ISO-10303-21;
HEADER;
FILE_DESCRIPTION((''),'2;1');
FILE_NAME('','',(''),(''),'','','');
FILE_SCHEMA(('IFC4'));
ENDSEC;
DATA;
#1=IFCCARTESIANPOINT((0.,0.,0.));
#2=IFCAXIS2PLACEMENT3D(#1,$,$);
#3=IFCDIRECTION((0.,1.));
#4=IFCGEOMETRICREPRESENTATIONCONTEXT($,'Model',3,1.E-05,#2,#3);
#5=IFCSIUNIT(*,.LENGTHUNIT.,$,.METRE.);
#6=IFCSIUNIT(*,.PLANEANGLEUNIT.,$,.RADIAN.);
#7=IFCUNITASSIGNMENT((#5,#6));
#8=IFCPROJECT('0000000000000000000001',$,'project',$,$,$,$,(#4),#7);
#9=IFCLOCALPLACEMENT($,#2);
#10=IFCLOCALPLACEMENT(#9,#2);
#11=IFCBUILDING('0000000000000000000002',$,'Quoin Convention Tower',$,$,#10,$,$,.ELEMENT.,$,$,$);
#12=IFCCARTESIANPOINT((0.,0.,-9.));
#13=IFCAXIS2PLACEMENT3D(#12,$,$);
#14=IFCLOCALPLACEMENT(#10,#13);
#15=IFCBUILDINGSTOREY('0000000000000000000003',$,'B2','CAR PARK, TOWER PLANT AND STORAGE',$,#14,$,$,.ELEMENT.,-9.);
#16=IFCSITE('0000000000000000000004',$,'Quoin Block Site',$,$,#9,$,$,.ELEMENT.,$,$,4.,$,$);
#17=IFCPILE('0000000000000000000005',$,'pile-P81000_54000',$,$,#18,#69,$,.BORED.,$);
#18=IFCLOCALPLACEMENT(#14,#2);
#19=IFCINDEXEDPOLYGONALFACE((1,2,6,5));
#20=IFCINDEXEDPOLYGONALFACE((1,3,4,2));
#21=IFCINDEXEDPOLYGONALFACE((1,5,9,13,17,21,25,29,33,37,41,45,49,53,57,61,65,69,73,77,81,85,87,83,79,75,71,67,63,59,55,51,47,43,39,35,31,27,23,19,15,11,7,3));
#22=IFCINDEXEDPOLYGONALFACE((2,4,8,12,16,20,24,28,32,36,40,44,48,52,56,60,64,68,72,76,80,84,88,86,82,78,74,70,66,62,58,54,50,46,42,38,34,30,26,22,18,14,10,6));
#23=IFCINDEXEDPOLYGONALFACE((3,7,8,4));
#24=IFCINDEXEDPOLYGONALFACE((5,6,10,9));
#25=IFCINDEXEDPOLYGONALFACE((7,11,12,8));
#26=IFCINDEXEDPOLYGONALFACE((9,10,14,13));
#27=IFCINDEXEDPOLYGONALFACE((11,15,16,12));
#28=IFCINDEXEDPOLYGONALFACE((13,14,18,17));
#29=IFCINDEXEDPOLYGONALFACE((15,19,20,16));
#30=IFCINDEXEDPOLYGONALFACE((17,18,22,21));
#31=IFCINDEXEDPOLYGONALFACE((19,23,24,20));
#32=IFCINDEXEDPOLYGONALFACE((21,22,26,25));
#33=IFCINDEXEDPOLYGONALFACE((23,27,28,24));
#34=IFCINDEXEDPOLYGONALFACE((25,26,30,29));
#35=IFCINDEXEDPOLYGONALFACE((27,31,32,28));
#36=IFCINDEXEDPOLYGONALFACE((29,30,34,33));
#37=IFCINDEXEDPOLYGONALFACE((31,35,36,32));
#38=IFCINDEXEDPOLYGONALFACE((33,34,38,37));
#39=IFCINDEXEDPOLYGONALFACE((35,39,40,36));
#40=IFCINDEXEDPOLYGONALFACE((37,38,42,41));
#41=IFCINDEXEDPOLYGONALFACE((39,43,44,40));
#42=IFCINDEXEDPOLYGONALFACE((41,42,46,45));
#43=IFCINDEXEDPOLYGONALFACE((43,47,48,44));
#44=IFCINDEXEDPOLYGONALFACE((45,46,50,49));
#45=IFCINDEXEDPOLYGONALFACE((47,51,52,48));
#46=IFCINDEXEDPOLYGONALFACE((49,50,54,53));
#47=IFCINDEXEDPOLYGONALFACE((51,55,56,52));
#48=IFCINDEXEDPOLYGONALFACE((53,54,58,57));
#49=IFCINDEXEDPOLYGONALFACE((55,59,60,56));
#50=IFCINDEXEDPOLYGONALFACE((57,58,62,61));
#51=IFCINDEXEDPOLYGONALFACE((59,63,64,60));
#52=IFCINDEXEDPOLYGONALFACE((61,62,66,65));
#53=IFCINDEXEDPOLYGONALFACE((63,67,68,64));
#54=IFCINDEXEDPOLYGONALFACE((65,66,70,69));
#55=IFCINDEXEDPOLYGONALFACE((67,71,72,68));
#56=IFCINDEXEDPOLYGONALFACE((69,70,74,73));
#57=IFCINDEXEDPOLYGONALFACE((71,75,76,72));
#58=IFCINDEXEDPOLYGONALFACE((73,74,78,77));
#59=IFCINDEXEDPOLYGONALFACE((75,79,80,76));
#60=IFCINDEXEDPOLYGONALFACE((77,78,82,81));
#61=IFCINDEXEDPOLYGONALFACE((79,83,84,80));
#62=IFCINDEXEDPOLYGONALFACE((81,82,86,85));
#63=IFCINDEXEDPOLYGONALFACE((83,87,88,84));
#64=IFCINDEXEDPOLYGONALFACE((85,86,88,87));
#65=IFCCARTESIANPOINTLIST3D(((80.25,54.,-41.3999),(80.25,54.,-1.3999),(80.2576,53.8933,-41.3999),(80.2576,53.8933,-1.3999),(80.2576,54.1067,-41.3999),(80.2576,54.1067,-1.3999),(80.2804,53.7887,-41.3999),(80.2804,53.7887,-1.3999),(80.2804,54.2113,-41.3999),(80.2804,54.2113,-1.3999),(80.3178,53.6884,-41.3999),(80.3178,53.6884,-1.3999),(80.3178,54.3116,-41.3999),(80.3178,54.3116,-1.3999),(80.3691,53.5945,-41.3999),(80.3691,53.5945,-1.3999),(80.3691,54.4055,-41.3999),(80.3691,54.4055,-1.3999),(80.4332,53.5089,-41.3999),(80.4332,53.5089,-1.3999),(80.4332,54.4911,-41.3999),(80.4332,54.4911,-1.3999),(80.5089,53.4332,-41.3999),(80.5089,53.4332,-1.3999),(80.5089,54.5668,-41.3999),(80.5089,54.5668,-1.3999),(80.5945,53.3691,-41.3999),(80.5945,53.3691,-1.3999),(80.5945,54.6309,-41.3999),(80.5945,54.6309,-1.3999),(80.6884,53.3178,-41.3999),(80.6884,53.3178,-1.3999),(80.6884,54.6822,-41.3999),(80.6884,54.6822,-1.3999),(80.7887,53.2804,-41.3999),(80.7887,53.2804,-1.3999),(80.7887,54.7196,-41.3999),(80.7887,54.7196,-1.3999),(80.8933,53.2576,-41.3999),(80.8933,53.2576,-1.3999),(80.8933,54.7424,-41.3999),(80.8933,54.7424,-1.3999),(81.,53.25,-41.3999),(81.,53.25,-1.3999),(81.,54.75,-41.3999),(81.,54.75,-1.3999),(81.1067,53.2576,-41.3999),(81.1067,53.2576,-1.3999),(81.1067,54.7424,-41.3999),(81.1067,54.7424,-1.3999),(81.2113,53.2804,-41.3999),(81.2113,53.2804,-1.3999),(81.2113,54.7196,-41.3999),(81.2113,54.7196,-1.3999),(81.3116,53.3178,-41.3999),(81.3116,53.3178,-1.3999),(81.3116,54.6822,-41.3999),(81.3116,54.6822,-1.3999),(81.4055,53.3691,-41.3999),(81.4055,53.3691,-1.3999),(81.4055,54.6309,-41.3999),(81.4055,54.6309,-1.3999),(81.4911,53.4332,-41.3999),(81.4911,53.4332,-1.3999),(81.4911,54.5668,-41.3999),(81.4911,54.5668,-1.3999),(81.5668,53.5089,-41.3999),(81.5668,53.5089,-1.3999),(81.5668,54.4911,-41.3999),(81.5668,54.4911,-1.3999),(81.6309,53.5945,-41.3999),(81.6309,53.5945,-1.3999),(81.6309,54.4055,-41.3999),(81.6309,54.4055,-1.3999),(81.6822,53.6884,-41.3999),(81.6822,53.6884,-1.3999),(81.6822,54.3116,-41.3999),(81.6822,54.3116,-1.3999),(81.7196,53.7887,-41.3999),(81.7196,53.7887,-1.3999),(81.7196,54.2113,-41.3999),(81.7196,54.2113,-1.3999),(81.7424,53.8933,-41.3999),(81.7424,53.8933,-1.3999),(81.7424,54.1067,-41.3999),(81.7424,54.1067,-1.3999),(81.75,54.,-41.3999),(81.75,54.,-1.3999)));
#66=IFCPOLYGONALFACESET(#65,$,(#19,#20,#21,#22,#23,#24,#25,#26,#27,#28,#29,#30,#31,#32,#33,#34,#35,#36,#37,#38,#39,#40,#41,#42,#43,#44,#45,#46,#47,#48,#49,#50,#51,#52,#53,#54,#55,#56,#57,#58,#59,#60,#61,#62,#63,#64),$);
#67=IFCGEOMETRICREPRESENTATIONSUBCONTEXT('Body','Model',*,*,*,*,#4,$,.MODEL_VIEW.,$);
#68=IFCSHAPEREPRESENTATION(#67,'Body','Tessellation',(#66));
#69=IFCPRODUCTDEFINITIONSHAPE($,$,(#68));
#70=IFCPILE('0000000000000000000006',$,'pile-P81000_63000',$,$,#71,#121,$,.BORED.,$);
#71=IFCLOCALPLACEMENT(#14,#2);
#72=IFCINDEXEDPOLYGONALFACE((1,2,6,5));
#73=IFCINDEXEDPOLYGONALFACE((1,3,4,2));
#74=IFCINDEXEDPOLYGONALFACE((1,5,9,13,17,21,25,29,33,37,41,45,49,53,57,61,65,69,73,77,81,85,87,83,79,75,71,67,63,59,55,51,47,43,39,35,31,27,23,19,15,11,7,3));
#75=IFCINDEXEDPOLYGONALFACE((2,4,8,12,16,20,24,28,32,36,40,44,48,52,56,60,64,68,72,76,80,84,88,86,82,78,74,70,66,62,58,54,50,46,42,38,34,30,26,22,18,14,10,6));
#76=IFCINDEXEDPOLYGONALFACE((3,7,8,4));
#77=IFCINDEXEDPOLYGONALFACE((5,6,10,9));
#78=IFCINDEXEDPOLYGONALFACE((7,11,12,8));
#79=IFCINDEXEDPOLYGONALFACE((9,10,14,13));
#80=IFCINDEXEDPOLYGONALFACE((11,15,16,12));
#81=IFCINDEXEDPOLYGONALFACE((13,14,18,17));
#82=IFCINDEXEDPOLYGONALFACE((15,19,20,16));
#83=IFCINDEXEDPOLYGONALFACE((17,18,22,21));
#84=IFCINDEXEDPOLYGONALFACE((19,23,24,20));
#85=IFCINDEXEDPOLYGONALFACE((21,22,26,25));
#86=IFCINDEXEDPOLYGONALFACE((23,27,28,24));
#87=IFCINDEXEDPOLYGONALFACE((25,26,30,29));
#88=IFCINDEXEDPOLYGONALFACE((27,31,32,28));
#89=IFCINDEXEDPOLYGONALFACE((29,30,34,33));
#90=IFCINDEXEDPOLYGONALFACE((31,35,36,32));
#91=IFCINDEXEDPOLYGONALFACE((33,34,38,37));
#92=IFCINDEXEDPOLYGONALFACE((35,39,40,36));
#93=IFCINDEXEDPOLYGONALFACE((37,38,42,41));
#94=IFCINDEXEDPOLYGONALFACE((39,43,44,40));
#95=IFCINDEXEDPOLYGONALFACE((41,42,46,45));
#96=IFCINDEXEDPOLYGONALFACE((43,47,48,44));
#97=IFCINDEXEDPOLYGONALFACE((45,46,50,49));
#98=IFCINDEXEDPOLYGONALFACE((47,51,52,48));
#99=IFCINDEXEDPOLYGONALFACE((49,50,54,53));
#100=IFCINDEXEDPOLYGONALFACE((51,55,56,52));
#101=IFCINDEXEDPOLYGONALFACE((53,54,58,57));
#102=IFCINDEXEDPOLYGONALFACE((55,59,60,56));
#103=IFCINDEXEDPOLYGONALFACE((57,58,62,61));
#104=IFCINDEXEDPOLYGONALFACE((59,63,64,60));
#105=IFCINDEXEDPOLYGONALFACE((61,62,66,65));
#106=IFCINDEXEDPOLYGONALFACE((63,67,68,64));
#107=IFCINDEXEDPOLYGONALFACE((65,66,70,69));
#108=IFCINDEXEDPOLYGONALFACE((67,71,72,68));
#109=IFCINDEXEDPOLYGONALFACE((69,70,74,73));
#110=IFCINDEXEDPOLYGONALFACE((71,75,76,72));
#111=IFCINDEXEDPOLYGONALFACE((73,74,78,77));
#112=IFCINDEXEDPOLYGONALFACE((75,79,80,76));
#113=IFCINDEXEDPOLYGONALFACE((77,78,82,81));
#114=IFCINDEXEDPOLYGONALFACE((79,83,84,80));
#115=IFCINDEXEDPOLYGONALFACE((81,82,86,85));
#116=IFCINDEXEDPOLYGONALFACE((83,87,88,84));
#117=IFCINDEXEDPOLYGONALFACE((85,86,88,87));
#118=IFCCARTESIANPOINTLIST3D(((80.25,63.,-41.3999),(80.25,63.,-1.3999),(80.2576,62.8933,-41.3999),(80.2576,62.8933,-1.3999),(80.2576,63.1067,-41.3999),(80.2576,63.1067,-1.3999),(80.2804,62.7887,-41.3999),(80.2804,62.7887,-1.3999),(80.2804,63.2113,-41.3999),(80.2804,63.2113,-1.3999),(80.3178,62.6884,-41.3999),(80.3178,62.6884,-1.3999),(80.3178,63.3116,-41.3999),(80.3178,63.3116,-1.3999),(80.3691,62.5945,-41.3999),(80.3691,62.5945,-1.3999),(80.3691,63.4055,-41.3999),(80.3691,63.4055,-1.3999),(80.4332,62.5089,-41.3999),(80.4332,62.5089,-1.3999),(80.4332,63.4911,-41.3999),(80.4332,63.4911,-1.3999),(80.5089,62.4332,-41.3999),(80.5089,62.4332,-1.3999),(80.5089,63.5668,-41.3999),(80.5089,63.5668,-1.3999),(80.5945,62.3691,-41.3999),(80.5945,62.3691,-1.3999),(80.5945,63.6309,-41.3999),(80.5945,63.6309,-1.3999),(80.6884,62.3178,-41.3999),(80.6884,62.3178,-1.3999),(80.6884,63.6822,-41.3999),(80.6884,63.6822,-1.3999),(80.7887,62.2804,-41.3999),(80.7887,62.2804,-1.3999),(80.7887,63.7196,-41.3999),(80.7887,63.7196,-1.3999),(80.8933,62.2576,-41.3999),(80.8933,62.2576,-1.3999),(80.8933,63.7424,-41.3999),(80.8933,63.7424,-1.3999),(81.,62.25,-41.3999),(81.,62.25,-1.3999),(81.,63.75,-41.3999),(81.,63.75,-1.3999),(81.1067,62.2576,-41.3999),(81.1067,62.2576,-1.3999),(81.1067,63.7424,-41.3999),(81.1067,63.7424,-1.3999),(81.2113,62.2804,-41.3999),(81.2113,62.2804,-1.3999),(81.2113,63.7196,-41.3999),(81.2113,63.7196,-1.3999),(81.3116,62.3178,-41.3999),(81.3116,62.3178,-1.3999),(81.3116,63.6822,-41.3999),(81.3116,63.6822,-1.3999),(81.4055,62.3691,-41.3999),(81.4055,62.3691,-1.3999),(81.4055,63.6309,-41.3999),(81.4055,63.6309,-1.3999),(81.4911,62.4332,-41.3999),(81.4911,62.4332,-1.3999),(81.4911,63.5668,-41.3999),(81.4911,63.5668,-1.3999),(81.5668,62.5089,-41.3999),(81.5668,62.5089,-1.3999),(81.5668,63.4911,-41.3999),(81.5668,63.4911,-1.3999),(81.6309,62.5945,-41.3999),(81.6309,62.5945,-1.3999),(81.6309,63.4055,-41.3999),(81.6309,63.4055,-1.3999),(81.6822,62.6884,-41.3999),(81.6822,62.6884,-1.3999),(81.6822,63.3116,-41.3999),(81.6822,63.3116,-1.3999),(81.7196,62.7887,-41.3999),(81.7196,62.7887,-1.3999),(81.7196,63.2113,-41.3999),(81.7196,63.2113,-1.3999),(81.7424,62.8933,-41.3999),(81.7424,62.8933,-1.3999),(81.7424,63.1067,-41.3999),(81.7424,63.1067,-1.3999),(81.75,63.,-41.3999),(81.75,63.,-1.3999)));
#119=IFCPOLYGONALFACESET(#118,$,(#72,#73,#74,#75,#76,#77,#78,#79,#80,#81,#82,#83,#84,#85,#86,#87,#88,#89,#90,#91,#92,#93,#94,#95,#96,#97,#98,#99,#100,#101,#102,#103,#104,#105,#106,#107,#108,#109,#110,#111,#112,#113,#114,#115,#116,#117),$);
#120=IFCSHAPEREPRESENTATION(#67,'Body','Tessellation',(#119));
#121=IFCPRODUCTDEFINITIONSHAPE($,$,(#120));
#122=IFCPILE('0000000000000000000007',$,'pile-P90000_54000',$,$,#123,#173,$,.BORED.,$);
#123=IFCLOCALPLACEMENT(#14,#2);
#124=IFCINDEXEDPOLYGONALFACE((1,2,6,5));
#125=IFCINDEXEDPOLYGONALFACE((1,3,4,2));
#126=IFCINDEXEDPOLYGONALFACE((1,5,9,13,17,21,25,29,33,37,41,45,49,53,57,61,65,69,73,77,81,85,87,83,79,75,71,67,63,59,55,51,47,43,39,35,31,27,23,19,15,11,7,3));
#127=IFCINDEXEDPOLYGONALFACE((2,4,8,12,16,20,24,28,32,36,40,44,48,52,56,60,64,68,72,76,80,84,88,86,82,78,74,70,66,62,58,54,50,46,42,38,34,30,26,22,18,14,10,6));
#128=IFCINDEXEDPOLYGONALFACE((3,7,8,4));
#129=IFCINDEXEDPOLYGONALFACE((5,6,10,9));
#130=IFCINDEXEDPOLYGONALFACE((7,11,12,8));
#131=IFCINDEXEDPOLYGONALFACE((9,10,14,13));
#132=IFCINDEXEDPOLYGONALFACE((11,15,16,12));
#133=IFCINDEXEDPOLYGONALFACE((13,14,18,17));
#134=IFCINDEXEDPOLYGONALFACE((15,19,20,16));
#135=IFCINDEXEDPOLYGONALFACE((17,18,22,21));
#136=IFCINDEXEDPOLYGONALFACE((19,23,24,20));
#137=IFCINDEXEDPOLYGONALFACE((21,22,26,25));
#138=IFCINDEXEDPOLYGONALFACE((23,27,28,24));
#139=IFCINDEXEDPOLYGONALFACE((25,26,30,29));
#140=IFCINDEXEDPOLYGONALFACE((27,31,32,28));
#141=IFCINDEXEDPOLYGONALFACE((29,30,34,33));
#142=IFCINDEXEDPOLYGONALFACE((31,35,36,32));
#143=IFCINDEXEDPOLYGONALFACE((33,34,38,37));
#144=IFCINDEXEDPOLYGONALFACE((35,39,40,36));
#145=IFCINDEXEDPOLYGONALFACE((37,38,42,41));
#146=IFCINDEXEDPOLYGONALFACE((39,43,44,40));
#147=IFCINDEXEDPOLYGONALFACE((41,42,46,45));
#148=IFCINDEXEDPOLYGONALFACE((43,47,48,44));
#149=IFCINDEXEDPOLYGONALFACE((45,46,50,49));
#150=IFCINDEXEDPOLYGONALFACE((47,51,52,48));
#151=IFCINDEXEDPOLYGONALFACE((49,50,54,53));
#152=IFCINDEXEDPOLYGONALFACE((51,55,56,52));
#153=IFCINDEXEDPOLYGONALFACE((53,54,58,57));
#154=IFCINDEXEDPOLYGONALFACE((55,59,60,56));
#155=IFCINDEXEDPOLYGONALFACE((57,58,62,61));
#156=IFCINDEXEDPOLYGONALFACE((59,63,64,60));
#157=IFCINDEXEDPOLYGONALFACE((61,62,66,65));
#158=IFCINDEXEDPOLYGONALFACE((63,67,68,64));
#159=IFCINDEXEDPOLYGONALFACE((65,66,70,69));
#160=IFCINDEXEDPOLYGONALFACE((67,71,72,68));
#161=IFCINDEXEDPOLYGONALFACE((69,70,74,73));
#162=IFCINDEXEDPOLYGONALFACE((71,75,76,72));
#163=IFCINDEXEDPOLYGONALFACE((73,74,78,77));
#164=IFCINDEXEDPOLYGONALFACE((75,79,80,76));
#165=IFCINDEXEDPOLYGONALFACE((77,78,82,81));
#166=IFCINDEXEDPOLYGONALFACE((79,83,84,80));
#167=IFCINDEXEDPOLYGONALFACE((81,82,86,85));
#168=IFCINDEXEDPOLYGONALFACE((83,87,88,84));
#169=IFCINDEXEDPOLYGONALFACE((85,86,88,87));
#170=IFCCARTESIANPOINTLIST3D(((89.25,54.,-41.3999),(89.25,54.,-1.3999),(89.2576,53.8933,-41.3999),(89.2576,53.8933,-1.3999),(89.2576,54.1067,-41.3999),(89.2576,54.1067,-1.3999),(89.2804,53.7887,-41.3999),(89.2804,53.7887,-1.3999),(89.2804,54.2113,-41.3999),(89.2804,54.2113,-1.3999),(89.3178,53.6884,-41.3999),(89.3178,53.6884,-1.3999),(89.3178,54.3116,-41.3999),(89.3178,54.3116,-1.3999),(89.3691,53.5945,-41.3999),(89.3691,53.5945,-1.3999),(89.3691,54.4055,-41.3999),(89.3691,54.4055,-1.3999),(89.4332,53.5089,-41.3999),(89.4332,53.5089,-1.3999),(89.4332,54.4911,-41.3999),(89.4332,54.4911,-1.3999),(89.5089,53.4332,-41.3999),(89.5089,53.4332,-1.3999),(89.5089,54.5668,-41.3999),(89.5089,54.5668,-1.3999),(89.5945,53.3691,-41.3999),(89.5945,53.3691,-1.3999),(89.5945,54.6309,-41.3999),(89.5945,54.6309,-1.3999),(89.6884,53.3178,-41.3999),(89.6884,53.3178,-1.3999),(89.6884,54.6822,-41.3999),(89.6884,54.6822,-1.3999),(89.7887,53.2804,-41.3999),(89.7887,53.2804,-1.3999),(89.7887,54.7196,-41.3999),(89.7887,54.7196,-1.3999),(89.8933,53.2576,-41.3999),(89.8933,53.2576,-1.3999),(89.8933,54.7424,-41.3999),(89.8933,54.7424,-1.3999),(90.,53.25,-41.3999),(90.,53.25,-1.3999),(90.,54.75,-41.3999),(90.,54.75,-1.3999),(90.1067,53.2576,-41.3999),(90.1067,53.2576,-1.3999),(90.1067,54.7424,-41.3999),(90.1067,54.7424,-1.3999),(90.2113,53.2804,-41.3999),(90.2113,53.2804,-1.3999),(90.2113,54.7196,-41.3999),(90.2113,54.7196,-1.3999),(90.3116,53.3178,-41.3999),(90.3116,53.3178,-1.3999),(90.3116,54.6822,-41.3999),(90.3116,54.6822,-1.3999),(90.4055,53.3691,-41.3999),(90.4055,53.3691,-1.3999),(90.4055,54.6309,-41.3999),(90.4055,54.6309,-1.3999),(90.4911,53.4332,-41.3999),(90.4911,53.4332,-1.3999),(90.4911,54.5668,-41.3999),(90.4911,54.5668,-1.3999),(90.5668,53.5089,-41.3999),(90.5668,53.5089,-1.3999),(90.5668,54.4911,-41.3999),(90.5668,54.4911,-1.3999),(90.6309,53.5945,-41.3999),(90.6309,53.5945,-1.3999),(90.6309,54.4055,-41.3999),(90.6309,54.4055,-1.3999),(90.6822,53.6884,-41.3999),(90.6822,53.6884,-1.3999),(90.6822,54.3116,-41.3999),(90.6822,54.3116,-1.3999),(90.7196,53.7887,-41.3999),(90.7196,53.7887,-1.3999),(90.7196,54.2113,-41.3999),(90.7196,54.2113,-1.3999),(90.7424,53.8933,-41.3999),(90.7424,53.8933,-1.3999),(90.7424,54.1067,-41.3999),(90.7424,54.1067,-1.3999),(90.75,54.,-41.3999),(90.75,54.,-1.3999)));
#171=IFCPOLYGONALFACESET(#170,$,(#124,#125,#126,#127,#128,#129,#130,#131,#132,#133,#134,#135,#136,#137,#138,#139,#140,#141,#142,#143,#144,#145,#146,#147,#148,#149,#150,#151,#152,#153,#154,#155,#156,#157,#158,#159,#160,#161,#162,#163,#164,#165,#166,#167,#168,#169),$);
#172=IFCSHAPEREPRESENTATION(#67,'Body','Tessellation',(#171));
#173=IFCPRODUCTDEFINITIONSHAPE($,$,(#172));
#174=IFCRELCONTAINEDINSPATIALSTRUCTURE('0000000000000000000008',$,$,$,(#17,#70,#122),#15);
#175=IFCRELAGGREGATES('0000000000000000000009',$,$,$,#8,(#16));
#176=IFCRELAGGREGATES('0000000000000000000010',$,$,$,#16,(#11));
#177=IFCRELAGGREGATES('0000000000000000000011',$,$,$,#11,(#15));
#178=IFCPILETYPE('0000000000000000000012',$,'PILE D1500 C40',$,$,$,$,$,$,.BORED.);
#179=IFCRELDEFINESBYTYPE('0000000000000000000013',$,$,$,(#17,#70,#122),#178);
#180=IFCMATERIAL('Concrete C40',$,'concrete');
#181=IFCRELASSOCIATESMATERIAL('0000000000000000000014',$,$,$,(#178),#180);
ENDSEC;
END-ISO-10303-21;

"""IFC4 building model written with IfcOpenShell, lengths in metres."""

from ifc_helpers import new_model, si_unit, direction, frame, origin, origin_2d, place, context, subcontext, project, spatial, circle, extrude, material, material_profile, profile_set, type_object, element, save


model = new_model("IFC4")

# Units and contexts
model_context = context("Model", 3, precision=1e-05, world=origin(), true_north=direction((0.0, 1.0)))
body_context = subcontext(model_context, "Body", "Model", "MODEL_VIEW")
ifc_project = project(units=[si_unit("LENGTHUNIT", "METRE"), si_unit("PLANEANGLEUNIT", "RADIAN")], contexts=[model_context])

# Site, building, storey
site_placement = place(None, origin())
site = spatial("IfcSite", under=ifc_project, at=site_placement, Name="Quoin Block Site", CompositionType="ELEMENT", RefElevation=4.0)
building_placement = place(site_placement, origin())
building = spatial("IfcBuilding", under=site, at=building_placement, Name="Quoin Convention Tower", CompositionType="ELEMENT")
storey_placement = place(building_placement, frame((0.0, 0.0, -9.0)))
storey = spatial("IfcBuildingStorey", under=building, at=storey_placement, Name="B2", Description="CAR PARK, TOWER PLANT AND STORAGE", CompositionType="ELEMENT", Elevation=-9.0)

# Piles
ifc_material_1 = material(Name="Concrete C40", Category="concrete")
ifc_material_profile_1 = material_profile(ifc_material_1, circle(Radius=0.75, at=origin_2d()), Name="D1500")
ifc_profile_set_1 = profile_set([ifc_material_profile_1], Name="Concrete C40")
pile_type = type_object("IfcPileType", Name="PILE D1500 C40", PredefinedType="BORED", material=ifc_profile_set_1)
for number, where, z_axis, x_axis, name in (
    (1, (81.0, 54.0, -1.3999), (0.0, 0.0, -1.0), (1.0, 0.0, 0.0), "pile-P81000_54000"),
    (2, (81.0, 63.0, -1.3999), (0.0, 0.0, -1.0), (1.0, 0.0, 0.0), "pile-P81000_63000"),
    (3, (90.0, 54.0, -1.3999), (0.0, 0.0, -1.0), (1.0, 0.0, 0.0), "pile-P90000_54000"),
):
    element("IfcPile", number, at=place(storey_placement, frame(where, z_axis=z_axis, x_axis=x_axis)), inside=storey, type_object=pile_type, Name=name, PredefinedType="BORED", context=body_context, shape_type="SweptSolid", body=[
        extrude(circle(Radius=0.75, at=origin_2d()), origin(), (0.0, 0.0, 1.0), 40.0),
    ])

save(model, "model.ifc")
